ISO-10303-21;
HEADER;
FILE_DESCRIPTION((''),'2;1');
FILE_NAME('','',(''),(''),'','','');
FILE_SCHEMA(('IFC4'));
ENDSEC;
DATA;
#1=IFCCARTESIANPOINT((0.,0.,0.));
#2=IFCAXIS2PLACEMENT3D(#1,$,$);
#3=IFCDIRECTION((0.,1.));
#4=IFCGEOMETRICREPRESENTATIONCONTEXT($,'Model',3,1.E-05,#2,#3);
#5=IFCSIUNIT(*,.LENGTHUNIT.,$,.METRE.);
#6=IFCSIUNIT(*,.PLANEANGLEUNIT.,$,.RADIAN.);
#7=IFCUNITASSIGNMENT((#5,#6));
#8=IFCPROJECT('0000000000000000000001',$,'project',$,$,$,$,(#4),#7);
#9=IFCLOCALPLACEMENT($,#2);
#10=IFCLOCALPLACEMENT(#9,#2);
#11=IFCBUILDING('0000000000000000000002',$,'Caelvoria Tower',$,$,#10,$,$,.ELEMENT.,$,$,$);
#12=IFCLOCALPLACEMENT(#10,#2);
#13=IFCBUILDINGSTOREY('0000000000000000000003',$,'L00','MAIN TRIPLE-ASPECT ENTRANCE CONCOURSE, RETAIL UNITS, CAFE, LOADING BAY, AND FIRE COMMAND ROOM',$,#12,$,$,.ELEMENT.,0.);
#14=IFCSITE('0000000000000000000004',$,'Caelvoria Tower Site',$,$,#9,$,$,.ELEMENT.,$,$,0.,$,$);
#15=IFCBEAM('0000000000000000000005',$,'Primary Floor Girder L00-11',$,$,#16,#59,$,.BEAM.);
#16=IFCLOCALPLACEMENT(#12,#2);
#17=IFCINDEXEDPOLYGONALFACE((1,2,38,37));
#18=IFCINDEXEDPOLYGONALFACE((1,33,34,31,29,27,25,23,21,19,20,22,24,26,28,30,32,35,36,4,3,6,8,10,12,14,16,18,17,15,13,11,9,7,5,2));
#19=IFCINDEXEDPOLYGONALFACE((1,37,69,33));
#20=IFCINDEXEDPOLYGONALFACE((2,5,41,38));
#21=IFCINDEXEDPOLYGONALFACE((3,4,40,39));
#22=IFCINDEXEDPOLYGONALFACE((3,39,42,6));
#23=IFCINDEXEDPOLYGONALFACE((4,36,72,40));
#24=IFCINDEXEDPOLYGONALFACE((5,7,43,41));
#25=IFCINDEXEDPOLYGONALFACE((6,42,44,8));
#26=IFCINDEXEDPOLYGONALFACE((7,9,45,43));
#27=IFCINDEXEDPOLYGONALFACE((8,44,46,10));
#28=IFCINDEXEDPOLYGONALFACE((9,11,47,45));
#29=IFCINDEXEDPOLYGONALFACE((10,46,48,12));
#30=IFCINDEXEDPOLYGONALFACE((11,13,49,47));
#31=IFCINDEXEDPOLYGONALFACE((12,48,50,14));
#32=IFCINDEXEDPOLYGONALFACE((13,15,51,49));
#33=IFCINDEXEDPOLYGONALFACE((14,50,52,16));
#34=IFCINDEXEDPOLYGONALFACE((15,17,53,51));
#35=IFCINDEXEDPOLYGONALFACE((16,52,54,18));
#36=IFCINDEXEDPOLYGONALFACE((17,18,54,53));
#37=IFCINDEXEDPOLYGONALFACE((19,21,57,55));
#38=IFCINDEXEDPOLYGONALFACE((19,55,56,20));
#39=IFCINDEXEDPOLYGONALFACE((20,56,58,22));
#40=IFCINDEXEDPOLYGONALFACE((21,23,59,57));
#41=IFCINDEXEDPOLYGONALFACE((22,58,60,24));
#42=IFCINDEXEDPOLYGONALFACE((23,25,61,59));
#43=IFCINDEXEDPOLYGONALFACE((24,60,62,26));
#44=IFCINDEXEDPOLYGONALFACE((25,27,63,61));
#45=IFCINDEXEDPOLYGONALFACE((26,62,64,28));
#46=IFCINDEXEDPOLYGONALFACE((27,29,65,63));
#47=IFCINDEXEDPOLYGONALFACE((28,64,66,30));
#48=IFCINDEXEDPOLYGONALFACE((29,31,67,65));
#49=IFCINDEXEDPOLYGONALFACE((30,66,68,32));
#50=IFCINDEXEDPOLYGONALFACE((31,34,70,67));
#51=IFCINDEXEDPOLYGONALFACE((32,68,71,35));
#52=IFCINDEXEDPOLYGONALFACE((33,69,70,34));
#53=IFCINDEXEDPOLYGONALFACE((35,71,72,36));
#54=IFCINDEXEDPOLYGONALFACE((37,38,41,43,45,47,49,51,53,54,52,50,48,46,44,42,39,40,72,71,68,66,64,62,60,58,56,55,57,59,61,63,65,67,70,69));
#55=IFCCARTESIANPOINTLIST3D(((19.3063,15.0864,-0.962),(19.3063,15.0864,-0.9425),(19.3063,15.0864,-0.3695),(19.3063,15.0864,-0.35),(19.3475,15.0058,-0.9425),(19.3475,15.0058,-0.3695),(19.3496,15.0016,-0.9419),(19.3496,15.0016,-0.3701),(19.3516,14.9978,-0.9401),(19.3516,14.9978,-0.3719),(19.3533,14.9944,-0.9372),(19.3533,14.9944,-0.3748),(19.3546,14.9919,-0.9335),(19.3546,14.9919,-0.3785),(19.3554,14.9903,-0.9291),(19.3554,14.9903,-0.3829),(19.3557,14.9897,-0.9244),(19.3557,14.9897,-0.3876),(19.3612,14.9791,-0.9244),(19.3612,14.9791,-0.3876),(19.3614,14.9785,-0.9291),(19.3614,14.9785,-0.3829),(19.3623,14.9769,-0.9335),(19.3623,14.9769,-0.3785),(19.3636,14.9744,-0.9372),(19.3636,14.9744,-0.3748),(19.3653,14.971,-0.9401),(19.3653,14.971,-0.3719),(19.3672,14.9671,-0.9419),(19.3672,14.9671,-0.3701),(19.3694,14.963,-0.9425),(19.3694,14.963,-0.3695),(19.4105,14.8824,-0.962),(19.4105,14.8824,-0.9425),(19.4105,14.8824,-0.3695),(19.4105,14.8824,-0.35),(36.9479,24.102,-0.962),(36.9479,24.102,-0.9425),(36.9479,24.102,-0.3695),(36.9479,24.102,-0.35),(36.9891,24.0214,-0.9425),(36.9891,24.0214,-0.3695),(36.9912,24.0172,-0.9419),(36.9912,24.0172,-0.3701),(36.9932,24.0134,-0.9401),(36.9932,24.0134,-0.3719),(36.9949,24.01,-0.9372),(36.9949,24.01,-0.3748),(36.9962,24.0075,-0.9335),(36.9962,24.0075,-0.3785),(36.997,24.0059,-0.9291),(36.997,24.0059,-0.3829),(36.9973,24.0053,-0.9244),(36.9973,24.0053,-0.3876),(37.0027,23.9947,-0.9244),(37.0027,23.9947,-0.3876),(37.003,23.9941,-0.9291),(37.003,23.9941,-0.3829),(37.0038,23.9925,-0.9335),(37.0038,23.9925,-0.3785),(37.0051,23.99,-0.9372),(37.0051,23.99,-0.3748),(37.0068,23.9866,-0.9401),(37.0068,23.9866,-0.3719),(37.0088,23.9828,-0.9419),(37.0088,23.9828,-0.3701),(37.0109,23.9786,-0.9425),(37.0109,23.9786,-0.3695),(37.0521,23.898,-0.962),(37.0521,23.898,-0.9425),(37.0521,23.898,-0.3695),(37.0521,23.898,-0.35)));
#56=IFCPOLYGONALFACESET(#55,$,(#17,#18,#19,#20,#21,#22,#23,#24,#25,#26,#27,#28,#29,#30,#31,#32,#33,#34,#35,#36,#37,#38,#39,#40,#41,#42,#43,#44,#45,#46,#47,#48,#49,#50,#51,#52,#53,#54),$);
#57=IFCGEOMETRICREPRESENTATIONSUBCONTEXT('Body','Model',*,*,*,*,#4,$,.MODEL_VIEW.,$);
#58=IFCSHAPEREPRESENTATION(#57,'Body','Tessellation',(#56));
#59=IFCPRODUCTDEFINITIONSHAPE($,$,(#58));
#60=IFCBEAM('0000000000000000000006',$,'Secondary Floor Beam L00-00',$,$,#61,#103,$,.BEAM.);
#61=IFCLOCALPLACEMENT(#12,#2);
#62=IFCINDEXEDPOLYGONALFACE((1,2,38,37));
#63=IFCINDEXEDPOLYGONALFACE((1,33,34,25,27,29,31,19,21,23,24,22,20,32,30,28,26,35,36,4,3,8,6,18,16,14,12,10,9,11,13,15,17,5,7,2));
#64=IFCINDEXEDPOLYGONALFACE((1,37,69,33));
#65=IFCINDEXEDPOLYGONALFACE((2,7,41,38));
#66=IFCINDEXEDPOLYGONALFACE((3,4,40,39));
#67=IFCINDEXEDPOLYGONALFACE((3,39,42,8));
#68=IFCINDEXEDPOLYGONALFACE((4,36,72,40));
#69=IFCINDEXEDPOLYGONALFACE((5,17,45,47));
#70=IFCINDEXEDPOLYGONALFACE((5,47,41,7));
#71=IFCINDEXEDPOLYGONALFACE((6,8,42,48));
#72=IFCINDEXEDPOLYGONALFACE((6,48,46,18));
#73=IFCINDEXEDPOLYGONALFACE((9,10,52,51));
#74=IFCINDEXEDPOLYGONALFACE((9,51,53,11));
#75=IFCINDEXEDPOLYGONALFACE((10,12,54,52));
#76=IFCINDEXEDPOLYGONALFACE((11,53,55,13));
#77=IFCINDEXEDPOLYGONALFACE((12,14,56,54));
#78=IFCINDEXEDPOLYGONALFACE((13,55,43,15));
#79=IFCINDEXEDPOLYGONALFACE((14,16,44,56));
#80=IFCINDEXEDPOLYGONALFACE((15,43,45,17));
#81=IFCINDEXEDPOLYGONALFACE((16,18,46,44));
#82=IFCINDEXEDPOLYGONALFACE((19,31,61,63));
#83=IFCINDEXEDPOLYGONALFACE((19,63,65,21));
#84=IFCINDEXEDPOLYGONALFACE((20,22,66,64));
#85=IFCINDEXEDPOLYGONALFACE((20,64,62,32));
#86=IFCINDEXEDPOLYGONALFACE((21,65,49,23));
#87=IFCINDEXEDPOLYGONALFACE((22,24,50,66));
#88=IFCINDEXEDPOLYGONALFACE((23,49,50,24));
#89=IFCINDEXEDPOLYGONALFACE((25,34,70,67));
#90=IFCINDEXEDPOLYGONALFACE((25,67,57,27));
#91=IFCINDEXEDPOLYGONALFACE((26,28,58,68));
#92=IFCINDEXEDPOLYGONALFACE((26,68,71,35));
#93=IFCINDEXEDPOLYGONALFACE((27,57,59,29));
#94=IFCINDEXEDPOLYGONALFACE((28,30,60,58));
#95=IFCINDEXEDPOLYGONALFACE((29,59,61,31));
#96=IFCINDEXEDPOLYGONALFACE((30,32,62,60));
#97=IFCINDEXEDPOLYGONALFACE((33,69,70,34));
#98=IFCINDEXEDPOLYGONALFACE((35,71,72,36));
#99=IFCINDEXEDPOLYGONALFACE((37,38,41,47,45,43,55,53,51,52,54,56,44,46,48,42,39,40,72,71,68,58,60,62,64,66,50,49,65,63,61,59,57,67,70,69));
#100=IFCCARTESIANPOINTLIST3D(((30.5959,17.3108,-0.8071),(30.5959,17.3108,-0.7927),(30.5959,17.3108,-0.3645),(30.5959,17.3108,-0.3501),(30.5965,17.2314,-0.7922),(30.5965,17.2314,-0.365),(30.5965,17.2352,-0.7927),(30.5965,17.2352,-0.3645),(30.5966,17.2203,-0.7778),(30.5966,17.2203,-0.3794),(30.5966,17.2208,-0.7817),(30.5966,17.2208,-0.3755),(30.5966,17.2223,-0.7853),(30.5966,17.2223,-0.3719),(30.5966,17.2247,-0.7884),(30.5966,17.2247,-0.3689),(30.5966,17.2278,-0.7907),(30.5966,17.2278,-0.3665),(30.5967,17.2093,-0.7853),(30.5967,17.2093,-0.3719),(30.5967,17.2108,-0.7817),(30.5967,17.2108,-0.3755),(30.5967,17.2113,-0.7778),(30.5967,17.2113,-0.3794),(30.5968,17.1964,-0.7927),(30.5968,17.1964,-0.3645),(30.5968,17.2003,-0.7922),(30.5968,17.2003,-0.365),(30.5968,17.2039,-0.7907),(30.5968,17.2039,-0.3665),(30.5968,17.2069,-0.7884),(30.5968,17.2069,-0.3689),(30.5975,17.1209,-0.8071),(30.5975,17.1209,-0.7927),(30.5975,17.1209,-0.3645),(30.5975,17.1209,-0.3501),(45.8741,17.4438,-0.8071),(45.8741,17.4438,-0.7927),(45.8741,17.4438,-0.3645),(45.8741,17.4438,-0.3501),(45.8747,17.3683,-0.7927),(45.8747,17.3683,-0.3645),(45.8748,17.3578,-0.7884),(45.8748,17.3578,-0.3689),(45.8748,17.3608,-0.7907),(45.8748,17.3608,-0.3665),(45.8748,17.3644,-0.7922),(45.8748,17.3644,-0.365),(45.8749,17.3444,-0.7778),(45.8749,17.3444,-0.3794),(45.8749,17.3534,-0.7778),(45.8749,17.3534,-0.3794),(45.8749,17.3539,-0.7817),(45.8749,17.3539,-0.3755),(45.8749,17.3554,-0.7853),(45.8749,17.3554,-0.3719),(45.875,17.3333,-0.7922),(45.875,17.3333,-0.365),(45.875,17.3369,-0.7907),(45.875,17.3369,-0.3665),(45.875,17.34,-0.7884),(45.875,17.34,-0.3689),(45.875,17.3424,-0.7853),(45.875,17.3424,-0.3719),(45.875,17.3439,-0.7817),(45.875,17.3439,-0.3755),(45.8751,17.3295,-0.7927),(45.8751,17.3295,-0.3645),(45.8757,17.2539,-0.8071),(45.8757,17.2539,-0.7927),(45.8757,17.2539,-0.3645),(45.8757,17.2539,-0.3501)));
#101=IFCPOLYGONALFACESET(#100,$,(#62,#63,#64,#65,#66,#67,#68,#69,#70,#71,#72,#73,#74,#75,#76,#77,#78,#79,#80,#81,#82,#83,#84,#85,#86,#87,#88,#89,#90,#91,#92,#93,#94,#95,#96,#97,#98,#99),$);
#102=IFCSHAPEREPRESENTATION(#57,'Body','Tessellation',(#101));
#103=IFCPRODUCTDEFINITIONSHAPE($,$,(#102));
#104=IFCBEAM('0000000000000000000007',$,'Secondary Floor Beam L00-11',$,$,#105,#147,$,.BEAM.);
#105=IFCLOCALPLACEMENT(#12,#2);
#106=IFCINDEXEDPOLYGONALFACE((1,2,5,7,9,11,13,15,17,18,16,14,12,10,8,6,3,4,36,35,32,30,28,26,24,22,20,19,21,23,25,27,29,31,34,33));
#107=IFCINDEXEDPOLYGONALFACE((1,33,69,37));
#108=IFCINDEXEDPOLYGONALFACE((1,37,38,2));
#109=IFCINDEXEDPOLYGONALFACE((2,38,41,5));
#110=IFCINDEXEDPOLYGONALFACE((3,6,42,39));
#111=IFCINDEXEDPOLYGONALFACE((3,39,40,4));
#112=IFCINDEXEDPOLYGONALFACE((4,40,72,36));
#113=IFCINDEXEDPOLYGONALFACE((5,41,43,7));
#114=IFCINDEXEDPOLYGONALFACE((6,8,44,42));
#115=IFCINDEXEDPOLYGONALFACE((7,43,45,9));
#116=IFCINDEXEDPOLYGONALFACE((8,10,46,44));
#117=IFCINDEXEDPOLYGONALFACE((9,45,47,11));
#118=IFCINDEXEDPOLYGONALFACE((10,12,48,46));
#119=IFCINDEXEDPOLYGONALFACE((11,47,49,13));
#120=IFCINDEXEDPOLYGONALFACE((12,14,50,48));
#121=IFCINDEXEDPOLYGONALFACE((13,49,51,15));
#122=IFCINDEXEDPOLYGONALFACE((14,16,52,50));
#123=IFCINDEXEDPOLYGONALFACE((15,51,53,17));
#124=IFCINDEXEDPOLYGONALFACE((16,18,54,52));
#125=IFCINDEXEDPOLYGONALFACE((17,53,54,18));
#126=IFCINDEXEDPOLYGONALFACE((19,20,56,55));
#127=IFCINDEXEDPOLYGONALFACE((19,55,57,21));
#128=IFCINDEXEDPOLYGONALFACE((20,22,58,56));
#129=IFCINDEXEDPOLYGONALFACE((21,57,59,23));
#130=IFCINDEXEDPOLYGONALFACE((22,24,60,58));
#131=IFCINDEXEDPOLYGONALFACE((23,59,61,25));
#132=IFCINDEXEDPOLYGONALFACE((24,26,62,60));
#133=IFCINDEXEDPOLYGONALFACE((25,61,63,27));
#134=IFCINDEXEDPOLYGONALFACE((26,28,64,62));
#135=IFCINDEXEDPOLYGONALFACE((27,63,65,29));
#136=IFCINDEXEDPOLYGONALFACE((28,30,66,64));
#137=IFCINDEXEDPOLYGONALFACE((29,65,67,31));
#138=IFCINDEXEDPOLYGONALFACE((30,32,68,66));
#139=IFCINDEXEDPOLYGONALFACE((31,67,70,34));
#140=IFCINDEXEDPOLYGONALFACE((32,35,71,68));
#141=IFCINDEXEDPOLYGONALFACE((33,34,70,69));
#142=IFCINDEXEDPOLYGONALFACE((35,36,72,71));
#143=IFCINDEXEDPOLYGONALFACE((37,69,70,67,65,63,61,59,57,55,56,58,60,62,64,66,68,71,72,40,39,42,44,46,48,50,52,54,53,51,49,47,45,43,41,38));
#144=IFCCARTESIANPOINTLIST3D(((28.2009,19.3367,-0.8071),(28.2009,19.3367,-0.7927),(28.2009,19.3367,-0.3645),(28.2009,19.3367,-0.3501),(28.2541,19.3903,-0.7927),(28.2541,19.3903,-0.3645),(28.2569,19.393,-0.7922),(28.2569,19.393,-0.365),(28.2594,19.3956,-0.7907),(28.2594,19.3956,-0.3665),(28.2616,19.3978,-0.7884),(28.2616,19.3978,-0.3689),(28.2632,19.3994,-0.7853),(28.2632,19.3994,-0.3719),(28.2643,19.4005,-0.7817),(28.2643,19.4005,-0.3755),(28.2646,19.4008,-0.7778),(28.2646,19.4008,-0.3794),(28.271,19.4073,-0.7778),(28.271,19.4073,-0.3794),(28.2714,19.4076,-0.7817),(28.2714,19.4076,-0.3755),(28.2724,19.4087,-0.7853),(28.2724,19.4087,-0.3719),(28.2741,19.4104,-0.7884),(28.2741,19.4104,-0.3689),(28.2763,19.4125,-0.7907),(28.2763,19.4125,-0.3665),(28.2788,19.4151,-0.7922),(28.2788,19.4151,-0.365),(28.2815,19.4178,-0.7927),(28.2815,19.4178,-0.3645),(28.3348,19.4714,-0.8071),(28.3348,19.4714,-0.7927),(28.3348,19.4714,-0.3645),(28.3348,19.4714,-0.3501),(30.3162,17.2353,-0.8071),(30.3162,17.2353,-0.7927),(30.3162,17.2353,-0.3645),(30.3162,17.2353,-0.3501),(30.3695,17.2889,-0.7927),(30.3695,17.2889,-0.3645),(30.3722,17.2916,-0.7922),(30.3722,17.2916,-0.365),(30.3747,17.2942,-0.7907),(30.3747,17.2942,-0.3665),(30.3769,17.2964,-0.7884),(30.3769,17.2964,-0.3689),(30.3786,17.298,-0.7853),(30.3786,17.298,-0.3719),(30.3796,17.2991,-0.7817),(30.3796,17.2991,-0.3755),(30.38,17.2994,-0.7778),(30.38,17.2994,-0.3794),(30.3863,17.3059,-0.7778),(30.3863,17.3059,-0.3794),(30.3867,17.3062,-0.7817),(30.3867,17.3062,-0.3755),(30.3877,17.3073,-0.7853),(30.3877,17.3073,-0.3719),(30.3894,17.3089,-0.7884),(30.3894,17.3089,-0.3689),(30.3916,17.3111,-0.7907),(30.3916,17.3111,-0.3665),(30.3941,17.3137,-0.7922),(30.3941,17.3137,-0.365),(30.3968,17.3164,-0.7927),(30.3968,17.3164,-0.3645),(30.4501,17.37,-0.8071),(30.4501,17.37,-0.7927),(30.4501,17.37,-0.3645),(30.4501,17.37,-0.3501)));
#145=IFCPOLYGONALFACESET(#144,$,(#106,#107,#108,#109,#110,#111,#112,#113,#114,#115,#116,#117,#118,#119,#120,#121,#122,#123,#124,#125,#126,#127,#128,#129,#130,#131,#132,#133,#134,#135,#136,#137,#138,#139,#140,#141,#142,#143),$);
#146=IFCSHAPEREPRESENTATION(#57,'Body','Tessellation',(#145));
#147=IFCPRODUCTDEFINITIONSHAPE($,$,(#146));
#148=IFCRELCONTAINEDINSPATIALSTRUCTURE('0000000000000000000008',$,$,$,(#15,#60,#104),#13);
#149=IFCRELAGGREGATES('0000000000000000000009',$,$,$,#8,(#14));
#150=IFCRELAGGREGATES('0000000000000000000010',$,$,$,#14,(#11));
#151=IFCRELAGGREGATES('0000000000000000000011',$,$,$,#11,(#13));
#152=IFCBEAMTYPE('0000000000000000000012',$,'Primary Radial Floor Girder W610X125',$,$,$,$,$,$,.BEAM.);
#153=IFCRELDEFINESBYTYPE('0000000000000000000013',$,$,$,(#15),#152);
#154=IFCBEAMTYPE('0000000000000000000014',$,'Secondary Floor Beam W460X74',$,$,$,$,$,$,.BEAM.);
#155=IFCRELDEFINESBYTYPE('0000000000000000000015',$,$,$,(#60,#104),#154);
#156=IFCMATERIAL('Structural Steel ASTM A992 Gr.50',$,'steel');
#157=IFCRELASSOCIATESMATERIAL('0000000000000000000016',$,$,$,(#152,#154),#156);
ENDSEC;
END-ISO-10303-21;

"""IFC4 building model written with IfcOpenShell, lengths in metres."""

from ifc_helpers import new_model, si_unit, direction, frame, origin, origin_2d, place, context, subcontext, project, spatial, i_section, extrude, material, material_profile, profile_set, type_object, element, save


model = new_model("IFC4")

# Units and contexts
model_context = context("Model", 3, precision=1e-05, world=origin(), true_north=direction((0.0, 1.0)))
body_context = subcontext(model_context, "Body", "Model", "MODEL_VIEW")
ifc_project = project(units=[si_unit("LENGTHUNIT", "METRE"), si_unit("PLANEANGLEUNIT", "RADIAN")], contexts=[model_context])

# Site, building, storey
site_placement = place(None, origin())
site = spatial("IfcSite", under=ifc_project, at=site_placement, Name="Caelvoria Tower Site", CompositionType="ELEMENT", RefElevation=0.0)
building_placement = place(site_placement, origin())
building = spatial("IfcBuilding", under=site, at=building_placement, Name="Caelvoria Tower", CompositionType="ELEMENT")
storey_placement = place(building_placement, origin())
storey = spatial("IfcBuildingStorey", under=building, at=storey_placement, Name="L00", Description="MAIN TRIPLE-ASPECT ENTRANCE CONCOURSE, RETAIL UNITS, CAFE, LOADING BAY, AND FIRE COMMAND ROOM", CompositionType="ELEMENT", Elevation=0.0)

# Beams
ifc_material_1 = material(Name="Structural Steel ASTM A992 Gr.50", Category="steel")
ifc_material_profile_1 = material_profile(ifc_material_1, i_section(OverallWidth=0.229, OverallDepth=0.6121, WebThickness=0.012, FlangeThickness=0.0195, FilletRadius=0.0181, at=origin_2d()), Name="Structural Steel ASTM A992 Gr.50")
ifc_profile_set_1 = profile_set([ifc_material_profile_1], Name="W610X125 - Structural Steel ASTM A992 Gr.50")
beam_type_1 = type_object("IfcBeamType", Name="Primary Radial Floor Girder W610X125", PredefinedType="BEAM", material=ifc_profile_set_1)
beam_1_placement = place(storey_placement, frame((37.0, 24.0, -0.656), z_axis=(-0.890459, -0.455063, 0.0), x_axis=(0.455063, -0.890459, 0.0)))
element("IfcBeam", 1, at=beam_1_placement, inside=storey, type_object=beam_type_1, Name="Primary Floor Girder L00-11", PredefinedType="BEAM", context=body_context, shape_type="SweptSolid", body=[
    extrude(i_section(OverallWidth=0.229, OverallDepth=0.6121, WebThickness=0.012, FlangeThickness=0.0195, FilletRadius=0.0181, at=origin_2d()), origin(), (0.0, 0.0, 1.0), 19.8118),
])
ifc_material_profile_2 = material_profile(ifc_material_1, i_section(OverallWidth=0.1899, OverallDepth=0.457, WebThickness=0.009, FlangeThickness=0.0144, FilletRadius=0.0149, at=origin_2d()), Name="Structural Steel ASTM A992 Gr.50")
ifc_profile_set_2 = profile_set([ifc_material_profile_2], Name="W460X74 - Structural Steel ASTM A992 Gr.50")
beam_type_2 = type_object("IfcBeamType", Name="Secondary Floor Beam W460X74", PredefinedType="BEAM", material=ifc_profile_set_2)
beam_2_placement = place(storey_placement, frame((30.5967, 17.2158, -0.5786), z_axis=(0.999962, 0.008709, 0.0), x_axis=(-0.008709, 0.999962, 0.0)))
element("IfcBeam", 2, at=beam_2_placement, inside=storey, type_object=beam_type_2, Name="Secondary Floor Beam L00-00", PredefinedType="BEAM", context=body_context, shape_type="SweptSolid", body=[
    extrude(i_section(OverallWidth=0.1899, OverallDepth=0.457, WebThickness=0.009, FlangeThickness=0.0144, FilletRadius=0.0149, at=origin_2d()), origin(), (0.0, 0.0, 1.0), 15.2788),
])
beam_3_placement = place(storey_placement, frame((28.2678, 19.4041, -0.5786), z_axis=(0.709437, -0.704769, 0.0), x_axis=(0.704769, 0.709437, 0.0)))
element("IfcBeam", 3, at=beam_3_placement, inside=storey, type_object=beam_type_2, Name="Secondary Floor Beam L00-11", PredefinedType="BEAM", context=body_context, shape_type="SweptSolid", body=[
    extrude(i_section(OverallWidth=0.1899, OverallDepth=0.457, WebThickness=0.009, FlangeThickness=0.0144, FilletRadius=0.0149, at=origin_2d()), origin(), (0.0, 0.0, 1.0), 2.9817),
])

save(model, "model.ifc")
